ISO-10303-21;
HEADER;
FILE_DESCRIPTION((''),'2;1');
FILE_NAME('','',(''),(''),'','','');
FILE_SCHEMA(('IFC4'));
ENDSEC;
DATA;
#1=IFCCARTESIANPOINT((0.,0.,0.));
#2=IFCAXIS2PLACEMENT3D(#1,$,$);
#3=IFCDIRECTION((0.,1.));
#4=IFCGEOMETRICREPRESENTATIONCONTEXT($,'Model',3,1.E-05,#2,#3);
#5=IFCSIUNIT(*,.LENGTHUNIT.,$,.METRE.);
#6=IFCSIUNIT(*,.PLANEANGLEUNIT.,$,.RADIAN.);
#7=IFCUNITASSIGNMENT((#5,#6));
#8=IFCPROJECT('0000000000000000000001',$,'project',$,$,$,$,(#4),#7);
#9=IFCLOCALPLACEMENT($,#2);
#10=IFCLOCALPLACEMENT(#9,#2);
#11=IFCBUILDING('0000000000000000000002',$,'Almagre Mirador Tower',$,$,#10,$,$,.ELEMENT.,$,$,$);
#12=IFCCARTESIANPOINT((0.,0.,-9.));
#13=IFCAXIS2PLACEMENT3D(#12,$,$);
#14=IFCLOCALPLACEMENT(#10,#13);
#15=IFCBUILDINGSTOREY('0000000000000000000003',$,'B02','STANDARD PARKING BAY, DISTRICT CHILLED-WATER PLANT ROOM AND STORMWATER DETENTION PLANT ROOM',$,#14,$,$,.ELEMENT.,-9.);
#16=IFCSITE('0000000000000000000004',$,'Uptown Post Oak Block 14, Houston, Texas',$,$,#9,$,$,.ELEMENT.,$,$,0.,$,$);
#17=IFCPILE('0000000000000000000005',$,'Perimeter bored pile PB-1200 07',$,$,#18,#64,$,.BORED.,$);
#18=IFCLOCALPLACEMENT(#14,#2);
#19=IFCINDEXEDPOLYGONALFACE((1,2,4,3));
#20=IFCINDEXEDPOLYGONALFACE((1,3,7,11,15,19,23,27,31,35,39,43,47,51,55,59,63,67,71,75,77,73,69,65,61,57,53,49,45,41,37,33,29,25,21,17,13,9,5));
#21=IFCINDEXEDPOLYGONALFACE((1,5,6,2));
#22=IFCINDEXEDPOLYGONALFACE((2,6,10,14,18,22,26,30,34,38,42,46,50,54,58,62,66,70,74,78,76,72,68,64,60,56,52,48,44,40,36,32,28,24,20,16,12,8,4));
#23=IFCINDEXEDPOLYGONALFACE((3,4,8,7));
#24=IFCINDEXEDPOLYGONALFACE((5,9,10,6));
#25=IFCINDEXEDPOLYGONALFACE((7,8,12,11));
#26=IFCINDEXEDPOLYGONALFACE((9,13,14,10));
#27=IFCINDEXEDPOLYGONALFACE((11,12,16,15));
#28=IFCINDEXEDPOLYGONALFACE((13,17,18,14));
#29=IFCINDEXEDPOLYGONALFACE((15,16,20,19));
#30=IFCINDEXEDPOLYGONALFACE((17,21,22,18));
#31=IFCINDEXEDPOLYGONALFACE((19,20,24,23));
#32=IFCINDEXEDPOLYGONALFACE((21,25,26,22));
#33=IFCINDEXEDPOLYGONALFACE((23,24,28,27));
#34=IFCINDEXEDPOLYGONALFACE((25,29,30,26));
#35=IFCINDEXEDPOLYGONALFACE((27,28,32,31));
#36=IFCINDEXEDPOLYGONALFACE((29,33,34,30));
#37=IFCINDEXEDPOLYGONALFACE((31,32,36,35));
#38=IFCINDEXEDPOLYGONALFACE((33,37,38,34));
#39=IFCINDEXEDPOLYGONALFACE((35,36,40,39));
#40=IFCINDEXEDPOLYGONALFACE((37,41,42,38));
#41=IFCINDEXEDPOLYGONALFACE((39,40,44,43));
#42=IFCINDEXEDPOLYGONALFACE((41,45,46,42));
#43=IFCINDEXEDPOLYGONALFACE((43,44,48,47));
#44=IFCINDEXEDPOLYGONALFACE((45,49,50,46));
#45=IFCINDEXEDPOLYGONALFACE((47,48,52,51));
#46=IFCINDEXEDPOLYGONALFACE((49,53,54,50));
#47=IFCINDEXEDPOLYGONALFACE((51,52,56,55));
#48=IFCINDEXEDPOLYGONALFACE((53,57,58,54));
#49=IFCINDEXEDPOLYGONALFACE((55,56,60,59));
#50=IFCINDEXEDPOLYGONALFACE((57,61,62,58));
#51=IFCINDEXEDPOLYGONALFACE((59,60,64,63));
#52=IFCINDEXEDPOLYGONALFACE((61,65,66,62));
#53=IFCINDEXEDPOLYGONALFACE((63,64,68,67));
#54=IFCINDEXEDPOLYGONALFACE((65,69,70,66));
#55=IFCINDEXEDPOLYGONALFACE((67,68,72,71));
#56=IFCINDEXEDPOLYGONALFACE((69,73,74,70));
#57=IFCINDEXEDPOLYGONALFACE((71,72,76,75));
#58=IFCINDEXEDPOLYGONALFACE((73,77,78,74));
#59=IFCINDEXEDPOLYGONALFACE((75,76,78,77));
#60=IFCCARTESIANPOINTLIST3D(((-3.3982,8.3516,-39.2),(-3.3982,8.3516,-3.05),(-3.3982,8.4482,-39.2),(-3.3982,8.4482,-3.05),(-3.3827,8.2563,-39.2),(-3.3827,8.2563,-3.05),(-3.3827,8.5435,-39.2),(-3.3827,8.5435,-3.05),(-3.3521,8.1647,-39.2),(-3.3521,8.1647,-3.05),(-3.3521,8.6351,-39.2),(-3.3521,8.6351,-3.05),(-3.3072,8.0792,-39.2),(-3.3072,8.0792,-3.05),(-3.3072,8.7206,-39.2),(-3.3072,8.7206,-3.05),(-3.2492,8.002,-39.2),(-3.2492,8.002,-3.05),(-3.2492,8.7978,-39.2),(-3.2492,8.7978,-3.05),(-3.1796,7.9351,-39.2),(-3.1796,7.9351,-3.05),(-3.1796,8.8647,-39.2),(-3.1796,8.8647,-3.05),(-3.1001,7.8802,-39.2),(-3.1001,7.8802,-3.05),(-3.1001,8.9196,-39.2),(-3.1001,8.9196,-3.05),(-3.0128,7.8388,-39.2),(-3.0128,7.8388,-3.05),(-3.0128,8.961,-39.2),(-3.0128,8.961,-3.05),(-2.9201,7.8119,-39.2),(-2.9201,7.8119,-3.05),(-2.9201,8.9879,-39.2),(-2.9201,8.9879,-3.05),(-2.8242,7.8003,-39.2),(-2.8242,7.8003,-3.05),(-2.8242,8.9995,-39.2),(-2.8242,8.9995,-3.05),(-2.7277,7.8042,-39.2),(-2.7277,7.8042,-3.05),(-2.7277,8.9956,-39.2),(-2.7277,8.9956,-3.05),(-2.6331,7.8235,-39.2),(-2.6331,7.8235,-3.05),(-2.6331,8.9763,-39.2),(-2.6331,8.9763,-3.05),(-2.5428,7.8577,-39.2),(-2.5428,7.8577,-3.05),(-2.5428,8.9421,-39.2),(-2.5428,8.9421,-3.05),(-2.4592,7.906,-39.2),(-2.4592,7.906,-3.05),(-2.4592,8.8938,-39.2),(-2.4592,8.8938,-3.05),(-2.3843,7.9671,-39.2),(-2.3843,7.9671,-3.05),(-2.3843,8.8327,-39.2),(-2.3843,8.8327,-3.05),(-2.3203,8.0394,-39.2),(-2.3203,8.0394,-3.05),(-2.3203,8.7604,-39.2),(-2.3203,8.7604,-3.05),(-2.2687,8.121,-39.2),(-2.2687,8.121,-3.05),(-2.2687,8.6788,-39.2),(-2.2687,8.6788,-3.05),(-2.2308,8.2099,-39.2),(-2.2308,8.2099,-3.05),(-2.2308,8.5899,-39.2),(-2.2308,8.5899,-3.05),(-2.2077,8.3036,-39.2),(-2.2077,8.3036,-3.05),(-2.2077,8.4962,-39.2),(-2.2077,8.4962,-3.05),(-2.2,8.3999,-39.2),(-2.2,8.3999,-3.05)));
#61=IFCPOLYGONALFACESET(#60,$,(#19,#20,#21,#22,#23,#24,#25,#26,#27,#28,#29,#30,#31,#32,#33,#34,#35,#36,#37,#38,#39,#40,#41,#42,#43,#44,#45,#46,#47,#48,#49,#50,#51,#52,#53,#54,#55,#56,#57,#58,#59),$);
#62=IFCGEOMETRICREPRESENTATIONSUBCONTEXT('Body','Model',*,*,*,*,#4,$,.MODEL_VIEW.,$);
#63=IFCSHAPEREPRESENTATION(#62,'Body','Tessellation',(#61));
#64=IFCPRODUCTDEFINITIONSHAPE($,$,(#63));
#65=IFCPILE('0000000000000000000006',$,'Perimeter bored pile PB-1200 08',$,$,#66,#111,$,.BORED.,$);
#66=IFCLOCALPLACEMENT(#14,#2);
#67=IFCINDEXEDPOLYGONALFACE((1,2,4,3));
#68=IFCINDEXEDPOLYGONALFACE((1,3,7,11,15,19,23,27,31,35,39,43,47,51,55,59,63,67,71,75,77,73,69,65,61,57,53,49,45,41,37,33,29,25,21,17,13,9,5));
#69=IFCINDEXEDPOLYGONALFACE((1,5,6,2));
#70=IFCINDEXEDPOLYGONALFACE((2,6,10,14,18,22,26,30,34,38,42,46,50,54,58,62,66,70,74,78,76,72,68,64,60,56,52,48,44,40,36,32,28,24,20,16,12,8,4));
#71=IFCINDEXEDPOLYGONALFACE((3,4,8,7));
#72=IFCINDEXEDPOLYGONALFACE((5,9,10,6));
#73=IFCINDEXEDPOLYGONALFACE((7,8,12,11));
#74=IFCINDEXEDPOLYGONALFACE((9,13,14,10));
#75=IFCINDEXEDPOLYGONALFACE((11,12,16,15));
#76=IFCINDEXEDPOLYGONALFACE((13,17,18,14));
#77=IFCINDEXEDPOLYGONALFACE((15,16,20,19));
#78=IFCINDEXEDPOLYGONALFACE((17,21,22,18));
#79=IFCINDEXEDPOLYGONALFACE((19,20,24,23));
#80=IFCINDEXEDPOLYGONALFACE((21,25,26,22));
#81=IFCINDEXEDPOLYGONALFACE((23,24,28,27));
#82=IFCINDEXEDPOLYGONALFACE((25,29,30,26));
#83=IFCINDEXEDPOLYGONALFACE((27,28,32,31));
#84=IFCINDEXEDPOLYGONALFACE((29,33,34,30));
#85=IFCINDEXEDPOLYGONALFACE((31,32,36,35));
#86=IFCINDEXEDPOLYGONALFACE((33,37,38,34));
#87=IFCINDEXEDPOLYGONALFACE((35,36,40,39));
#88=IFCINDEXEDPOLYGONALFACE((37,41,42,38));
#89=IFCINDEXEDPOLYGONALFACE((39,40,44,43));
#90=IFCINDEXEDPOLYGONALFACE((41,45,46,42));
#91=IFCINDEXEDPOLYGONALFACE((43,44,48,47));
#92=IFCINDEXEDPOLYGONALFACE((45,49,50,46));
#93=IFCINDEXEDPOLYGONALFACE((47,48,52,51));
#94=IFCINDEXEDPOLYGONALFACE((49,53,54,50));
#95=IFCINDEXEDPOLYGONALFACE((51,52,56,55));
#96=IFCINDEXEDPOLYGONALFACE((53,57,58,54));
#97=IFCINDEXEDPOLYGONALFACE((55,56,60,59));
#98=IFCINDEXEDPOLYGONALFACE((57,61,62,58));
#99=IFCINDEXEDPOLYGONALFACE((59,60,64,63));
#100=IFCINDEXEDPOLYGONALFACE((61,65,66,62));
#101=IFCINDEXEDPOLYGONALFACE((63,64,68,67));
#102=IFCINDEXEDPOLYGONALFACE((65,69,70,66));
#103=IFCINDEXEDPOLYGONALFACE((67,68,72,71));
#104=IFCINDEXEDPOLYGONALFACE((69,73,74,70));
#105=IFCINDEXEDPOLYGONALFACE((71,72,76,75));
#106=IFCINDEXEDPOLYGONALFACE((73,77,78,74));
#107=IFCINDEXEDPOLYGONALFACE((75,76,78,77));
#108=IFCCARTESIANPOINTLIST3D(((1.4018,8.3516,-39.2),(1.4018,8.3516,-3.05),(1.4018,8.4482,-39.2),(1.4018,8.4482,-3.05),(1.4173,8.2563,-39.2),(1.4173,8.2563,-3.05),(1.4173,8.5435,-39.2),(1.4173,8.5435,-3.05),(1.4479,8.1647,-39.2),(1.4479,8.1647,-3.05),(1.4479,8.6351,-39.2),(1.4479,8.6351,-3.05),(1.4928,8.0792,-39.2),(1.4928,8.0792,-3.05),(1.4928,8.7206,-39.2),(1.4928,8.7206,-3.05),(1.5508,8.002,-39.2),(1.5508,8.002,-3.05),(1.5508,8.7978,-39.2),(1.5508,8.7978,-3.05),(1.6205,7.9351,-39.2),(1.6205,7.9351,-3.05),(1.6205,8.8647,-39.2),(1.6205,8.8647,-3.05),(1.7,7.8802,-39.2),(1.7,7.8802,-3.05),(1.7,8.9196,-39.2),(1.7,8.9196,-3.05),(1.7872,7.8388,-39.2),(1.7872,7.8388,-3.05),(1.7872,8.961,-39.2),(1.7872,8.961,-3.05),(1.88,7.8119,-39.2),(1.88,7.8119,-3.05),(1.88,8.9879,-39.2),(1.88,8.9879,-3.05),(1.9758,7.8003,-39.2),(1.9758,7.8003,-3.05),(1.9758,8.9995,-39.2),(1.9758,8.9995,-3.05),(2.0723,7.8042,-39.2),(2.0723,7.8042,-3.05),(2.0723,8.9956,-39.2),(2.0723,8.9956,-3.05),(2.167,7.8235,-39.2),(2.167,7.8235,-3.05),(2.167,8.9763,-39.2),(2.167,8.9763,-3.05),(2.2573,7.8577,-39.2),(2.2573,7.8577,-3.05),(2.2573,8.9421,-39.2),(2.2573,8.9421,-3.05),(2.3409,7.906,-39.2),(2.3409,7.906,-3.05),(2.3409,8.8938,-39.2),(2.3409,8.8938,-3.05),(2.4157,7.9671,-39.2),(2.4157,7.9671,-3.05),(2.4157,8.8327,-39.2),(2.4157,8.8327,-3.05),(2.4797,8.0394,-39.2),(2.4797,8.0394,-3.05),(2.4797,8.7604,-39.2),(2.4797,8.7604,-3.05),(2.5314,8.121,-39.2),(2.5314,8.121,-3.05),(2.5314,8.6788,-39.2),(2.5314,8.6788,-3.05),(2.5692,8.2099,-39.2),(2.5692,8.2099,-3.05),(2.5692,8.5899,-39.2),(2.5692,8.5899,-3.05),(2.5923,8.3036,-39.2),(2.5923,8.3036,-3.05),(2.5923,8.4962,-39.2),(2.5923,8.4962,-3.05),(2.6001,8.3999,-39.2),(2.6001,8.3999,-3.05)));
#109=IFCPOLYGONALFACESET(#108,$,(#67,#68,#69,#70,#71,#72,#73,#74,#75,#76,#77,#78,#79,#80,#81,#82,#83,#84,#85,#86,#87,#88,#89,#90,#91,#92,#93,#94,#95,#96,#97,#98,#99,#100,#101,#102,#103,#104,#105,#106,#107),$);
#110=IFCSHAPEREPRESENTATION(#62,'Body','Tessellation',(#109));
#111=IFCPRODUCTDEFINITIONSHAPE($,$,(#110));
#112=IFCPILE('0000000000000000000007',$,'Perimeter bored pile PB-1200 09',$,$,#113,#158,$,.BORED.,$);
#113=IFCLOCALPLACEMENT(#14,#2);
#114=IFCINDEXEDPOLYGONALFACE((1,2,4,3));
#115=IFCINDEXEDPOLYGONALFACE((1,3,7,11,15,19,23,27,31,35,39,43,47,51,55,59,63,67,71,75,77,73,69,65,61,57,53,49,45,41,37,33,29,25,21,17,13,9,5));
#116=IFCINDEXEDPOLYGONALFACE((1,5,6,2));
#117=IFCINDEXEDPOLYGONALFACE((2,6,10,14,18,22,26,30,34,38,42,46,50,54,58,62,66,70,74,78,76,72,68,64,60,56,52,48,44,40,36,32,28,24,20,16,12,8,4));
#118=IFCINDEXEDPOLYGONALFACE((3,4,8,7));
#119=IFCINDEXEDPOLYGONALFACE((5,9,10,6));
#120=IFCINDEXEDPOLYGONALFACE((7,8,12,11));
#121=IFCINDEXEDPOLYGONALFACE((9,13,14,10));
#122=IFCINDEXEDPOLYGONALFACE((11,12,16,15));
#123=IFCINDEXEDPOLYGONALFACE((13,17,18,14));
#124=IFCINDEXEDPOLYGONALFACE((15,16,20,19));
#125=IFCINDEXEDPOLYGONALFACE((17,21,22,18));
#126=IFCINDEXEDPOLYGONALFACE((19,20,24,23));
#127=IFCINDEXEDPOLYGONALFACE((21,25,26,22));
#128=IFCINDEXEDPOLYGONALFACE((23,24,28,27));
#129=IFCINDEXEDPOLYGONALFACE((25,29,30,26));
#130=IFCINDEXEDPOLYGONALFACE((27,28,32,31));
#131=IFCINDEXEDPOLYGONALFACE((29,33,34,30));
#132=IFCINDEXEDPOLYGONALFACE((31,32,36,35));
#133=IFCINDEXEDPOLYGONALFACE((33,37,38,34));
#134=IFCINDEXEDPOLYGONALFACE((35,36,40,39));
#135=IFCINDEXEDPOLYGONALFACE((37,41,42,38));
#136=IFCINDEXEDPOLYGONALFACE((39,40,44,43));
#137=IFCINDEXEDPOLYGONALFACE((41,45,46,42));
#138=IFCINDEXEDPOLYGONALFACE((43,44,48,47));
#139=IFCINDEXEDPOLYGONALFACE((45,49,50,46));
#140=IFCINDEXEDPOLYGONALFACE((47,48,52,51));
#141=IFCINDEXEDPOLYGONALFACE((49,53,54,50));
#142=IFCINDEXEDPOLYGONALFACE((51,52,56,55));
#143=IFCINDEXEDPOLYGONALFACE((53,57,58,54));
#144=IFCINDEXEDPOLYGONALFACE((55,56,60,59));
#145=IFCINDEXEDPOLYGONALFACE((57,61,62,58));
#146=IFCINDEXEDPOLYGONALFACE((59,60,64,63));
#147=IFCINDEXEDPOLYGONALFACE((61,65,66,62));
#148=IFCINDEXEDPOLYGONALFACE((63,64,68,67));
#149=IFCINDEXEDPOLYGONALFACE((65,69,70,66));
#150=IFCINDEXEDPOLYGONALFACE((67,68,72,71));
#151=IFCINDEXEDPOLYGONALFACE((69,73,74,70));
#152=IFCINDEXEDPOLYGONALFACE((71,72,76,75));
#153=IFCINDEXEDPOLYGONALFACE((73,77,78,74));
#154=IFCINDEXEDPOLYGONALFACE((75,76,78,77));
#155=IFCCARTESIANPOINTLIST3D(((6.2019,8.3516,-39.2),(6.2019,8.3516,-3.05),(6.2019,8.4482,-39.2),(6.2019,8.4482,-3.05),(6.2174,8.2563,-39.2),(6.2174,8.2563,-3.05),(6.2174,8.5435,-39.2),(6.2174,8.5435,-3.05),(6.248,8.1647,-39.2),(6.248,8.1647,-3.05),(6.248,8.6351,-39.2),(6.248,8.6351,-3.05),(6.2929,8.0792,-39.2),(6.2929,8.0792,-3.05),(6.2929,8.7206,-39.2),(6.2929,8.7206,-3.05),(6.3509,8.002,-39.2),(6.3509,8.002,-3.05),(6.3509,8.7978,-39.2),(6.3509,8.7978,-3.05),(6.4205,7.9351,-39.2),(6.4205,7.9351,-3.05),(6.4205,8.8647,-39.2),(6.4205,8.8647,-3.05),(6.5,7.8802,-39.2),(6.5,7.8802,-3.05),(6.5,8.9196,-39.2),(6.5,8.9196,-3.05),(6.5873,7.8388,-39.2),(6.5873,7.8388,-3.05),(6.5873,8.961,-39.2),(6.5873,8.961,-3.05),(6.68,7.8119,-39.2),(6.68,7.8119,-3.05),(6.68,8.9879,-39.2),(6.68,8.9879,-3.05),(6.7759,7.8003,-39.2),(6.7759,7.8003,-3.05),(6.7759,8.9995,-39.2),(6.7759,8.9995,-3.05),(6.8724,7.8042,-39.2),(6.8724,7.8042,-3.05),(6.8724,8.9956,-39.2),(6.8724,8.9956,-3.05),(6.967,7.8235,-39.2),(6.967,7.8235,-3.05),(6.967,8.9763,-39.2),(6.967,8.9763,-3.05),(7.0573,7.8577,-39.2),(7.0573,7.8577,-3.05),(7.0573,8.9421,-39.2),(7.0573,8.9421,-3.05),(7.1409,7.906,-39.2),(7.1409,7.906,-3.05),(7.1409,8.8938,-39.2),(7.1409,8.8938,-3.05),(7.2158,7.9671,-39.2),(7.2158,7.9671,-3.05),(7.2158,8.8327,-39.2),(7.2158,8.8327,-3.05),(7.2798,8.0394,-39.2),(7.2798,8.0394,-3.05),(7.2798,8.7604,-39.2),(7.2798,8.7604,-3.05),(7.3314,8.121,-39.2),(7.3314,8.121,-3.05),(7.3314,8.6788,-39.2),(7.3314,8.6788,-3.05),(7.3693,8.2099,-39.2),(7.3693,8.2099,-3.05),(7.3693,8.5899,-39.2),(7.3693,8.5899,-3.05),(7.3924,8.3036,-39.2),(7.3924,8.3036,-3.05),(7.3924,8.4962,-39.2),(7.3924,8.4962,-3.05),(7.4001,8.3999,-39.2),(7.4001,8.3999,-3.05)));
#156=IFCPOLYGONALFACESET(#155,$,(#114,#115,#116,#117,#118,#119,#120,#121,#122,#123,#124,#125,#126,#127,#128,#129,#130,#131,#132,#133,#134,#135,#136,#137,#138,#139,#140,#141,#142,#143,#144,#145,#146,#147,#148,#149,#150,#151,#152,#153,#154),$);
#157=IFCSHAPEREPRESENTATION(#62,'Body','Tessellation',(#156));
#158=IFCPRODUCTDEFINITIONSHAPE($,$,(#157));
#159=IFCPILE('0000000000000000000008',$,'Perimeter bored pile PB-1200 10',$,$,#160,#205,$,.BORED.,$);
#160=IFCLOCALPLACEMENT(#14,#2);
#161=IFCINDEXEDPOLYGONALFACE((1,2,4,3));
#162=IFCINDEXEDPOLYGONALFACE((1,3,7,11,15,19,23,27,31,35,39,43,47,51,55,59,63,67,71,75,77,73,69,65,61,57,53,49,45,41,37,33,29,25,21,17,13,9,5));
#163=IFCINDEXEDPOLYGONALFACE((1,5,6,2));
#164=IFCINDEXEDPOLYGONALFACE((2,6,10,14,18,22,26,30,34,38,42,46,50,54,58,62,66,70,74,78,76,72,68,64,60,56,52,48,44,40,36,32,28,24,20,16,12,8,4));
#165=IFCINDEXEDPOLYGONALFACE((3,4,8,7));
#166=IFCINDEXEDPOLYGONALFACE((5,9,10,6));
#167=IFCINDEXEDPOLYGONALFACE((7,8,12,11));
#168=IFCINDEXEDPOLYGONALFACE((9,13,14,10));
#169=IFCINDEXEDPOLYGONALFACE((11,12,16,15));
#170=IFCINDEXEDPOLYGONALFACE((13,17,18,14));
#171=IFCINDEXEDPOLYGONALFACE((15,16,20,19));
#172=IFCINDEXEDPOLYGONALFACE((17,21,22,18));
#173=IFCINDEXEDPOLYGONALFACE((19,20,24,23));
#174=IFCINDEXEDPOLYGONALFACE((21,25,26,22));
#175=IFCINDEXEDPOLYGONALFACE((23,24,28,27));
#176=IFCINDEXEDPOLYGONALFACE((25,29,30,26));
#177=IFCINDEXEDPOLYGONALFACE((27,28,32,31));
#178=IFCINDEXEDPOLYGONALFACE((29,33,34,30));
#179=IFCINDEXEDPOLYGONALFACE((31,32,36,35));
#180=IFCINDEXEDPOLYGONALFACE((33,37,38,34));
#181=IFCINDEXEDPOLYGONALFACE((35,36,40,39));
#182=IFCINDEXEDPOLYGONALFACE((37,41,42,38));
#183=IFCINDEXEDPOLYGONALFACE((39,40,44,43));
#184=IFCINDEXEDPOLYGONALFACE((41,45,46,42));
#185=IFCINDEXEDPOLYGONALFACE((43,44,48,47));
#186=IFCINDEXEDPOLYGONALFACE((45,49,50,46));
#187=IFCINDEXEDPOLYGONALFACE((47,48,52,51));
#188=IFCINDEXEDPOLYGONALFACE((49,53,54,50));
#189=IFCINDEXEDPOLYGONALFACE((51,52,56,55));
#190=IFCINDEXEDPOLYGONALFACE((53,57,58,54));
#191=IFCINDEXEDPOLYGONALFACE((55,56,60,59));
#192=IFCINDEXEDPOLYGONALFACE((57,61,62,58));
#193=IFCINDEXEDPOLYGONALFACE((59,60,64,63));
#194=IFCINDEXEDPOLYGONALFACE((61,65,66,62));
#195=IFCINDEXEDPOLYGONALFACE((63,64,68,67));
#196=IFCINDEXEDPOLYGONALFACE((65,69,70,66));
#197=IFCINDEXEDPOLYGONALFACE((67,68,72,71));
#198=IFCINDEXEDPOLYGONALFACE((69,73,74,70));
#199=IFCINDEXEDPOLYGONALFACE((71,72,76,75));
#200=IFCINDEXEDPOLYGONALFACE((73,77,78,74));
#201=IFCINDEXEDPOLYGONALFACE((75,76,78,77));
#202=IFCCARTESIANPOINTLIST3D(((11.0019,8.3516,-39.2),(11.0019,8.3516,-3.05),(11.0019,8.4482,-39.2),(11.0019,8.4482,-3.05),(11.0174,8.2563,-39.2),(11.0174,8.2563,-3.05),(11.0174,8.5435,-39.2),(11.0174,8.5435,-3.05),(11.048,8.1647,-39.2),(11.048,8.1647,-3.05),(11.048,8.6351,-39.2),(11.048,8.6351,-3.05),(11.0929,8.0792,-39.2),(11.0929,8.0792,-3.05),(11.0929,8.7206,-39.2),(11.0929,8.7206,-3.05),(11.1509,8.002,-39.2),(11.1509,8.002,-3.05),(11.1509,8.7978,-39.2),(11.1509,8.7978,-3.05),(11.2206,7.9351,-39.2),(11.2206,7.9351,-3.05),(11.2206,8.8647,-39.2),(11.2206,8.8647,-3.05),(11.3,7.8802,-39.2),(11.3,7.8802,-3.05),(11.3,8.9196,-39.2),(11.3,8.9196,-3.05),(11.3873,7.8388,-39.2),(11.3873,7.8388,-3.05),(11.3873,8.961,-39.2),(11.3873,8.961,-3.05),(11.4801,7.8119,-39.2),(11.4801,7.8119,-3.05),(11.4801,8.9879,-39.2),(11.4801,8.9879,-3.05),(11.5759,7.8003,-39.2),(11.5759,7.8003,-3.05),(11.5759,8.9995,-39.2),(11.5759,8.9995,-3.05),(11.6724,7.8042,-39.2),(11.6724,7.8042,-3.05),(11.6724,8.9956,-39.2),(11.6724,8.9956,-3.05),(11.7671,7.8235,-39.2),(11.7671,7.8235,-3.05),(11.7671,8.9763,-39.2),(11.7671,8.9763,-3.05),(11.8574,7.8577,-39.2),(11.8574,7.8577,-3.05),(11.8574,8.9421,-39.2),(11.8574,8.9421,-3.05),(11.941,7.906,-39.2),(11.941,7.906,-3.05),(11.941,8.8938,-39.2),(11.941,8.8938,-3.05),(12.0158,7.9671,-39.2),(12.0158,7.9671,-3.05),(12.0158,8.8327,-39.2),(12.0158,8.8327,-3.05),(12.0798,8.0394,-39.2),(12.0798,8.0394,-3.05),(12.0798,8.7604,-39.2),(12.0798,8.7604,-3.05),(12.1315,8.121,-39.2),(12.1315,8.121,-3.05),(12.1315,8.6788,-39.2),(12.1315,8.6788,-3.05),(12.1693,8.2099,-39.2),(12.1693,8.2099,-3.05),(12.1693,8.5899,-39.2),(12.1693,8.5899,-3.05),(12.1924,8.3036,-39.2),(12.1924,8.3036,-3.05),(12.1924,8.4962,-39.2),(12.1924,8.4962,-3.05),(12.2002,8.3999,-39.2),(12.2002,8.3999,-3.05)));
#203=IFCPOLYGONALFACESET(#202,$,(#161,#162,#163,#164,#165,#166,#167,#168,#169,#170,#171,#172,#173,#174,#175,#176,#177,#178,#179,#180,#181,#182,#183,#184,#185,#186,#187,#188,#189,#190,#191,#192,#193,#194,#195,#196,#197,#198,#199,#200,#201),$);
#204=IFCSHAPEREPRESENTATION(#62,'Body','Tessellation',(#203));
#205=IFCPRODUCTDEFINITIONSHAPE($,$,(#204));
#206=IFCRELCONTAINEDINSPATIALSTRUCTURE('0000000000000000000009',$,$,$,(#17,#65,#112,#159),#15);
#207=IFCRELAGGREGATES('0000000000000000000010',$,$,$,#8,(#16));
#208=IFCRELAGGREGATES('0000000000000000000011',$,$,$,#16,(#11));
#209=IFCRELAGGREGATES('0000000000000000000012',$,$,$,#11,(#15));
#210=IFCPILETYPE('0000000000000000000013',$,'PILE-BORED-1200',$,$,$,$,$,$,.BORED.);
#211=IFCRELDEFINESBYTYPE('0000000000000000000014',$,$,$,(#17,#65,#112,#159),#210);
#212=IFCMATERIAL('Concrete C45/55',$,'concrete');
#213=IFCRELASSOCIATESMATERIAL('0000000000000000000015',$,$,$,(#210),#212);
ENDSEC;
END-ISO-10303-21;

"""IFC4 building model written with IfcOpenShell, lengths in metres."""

from ifc_helpers import new_model, si_unit, direction, frame, origin, origin_2d, place, context, subcontext, project, spatial, circle, extrude, material, material_profile, profile_set, type_object, element, save


model = new_model("IFC4")

# Units and contexts
model_context = context("Model", 3, precision=1e-05, world=origin(), true_north=direction((0.0, 1.0)))
body_context = subcontext(model_context, "Body", "Model", "MODEL_VIEW")
ifc_project = project(units=[si_unit("LENGTHUNIT", "METRE"), si_unit("PLANEANGLEUNIT", "RADIAN")], contexts=[model_context])

# Site, building, storey
site_placement = place(None, origin())
site = spatial("IfcSite", under=ifc_project, at=site_placement, Name="Uptown Post Oak Block 14, Houston, Texas", CompositionType="ELEMENT", RefElevation=0.0)
building_placement = place(site_placement, origin())
building = spatial("IfcBuilding", under=site, at=building_placement, Name="Almagre Mirador Tower", CompositionType="ELEMENT")
storey_placement = place(building_placement, frame((0.0, 0.0, -9.0)))
storey = spatial("IfcBuildingStorey", under=building, at=storey_placement, Name="B02", Description="STANDARD PARKING BAY, DISTRICT CHILLED-WATER PLANT ROOM AND STORMWATER DETENTION PLANT ROOM", CompositionType="ELEMENT", Elevation=-9.0)

# Piles
ifc_material_1 = material(Name="Concrete C45/55", Category="concrete")
ifc_material_profile_1 = material_profile(ifc_material_1, circle(Radius=0.6001, at=origin_2d()), Name="PILE1200D")
ifc_profile_set_1 = profile_set([ifc_material_profile_1], Name="Concrete C45/55")
pile_type = type_object("IfcPileType", Name="PILE-BORED-1200", PredefinedType="BORED", material=ifc_profile_set_1)
for number, where, z_axis, x_axis, name in (
    (1, (-2.8, 8.3999, -3.05), (0.0, 0.0, -1.0), (1.0, 0.0, 0.0), "Perimeter bored pile PB-1200 07"),
    (2, (2.0, 8.3999, -3.05), (0.0, 0.0, -1.0), (1.0, 0.0, 0.0), "Perimeter bored pile PB-1200 08"),
    (3, (6.8, 8.3999, -3.05), (0.0, 0.0, -1.0), (1.0, 0.0, 0.0), "Perimeter bored pile PB-1200 09"),
    (4, (11.6001, 8.3999, -3.05), (0.0, 0.0, -1.0), (1.0, 0.0, 0.0), "Perimeter bored pile PB-1200 10"),
):
    element("IfcPile", number, at=place(storey_placement, frame(where, z_axis=z_axis, x_axis=x_axis)), inside=storey, type_object=pile_type, Name=name, PredefinedType="BORED", context=body_context, shape_type="SweptSolid", body=[
        extrude(circle(Radius=0.6001, at=origin_2d()), origin(), (0.0, 0.0, 1.0), 36.1499),
    ])

save(model, "model.ifc")
